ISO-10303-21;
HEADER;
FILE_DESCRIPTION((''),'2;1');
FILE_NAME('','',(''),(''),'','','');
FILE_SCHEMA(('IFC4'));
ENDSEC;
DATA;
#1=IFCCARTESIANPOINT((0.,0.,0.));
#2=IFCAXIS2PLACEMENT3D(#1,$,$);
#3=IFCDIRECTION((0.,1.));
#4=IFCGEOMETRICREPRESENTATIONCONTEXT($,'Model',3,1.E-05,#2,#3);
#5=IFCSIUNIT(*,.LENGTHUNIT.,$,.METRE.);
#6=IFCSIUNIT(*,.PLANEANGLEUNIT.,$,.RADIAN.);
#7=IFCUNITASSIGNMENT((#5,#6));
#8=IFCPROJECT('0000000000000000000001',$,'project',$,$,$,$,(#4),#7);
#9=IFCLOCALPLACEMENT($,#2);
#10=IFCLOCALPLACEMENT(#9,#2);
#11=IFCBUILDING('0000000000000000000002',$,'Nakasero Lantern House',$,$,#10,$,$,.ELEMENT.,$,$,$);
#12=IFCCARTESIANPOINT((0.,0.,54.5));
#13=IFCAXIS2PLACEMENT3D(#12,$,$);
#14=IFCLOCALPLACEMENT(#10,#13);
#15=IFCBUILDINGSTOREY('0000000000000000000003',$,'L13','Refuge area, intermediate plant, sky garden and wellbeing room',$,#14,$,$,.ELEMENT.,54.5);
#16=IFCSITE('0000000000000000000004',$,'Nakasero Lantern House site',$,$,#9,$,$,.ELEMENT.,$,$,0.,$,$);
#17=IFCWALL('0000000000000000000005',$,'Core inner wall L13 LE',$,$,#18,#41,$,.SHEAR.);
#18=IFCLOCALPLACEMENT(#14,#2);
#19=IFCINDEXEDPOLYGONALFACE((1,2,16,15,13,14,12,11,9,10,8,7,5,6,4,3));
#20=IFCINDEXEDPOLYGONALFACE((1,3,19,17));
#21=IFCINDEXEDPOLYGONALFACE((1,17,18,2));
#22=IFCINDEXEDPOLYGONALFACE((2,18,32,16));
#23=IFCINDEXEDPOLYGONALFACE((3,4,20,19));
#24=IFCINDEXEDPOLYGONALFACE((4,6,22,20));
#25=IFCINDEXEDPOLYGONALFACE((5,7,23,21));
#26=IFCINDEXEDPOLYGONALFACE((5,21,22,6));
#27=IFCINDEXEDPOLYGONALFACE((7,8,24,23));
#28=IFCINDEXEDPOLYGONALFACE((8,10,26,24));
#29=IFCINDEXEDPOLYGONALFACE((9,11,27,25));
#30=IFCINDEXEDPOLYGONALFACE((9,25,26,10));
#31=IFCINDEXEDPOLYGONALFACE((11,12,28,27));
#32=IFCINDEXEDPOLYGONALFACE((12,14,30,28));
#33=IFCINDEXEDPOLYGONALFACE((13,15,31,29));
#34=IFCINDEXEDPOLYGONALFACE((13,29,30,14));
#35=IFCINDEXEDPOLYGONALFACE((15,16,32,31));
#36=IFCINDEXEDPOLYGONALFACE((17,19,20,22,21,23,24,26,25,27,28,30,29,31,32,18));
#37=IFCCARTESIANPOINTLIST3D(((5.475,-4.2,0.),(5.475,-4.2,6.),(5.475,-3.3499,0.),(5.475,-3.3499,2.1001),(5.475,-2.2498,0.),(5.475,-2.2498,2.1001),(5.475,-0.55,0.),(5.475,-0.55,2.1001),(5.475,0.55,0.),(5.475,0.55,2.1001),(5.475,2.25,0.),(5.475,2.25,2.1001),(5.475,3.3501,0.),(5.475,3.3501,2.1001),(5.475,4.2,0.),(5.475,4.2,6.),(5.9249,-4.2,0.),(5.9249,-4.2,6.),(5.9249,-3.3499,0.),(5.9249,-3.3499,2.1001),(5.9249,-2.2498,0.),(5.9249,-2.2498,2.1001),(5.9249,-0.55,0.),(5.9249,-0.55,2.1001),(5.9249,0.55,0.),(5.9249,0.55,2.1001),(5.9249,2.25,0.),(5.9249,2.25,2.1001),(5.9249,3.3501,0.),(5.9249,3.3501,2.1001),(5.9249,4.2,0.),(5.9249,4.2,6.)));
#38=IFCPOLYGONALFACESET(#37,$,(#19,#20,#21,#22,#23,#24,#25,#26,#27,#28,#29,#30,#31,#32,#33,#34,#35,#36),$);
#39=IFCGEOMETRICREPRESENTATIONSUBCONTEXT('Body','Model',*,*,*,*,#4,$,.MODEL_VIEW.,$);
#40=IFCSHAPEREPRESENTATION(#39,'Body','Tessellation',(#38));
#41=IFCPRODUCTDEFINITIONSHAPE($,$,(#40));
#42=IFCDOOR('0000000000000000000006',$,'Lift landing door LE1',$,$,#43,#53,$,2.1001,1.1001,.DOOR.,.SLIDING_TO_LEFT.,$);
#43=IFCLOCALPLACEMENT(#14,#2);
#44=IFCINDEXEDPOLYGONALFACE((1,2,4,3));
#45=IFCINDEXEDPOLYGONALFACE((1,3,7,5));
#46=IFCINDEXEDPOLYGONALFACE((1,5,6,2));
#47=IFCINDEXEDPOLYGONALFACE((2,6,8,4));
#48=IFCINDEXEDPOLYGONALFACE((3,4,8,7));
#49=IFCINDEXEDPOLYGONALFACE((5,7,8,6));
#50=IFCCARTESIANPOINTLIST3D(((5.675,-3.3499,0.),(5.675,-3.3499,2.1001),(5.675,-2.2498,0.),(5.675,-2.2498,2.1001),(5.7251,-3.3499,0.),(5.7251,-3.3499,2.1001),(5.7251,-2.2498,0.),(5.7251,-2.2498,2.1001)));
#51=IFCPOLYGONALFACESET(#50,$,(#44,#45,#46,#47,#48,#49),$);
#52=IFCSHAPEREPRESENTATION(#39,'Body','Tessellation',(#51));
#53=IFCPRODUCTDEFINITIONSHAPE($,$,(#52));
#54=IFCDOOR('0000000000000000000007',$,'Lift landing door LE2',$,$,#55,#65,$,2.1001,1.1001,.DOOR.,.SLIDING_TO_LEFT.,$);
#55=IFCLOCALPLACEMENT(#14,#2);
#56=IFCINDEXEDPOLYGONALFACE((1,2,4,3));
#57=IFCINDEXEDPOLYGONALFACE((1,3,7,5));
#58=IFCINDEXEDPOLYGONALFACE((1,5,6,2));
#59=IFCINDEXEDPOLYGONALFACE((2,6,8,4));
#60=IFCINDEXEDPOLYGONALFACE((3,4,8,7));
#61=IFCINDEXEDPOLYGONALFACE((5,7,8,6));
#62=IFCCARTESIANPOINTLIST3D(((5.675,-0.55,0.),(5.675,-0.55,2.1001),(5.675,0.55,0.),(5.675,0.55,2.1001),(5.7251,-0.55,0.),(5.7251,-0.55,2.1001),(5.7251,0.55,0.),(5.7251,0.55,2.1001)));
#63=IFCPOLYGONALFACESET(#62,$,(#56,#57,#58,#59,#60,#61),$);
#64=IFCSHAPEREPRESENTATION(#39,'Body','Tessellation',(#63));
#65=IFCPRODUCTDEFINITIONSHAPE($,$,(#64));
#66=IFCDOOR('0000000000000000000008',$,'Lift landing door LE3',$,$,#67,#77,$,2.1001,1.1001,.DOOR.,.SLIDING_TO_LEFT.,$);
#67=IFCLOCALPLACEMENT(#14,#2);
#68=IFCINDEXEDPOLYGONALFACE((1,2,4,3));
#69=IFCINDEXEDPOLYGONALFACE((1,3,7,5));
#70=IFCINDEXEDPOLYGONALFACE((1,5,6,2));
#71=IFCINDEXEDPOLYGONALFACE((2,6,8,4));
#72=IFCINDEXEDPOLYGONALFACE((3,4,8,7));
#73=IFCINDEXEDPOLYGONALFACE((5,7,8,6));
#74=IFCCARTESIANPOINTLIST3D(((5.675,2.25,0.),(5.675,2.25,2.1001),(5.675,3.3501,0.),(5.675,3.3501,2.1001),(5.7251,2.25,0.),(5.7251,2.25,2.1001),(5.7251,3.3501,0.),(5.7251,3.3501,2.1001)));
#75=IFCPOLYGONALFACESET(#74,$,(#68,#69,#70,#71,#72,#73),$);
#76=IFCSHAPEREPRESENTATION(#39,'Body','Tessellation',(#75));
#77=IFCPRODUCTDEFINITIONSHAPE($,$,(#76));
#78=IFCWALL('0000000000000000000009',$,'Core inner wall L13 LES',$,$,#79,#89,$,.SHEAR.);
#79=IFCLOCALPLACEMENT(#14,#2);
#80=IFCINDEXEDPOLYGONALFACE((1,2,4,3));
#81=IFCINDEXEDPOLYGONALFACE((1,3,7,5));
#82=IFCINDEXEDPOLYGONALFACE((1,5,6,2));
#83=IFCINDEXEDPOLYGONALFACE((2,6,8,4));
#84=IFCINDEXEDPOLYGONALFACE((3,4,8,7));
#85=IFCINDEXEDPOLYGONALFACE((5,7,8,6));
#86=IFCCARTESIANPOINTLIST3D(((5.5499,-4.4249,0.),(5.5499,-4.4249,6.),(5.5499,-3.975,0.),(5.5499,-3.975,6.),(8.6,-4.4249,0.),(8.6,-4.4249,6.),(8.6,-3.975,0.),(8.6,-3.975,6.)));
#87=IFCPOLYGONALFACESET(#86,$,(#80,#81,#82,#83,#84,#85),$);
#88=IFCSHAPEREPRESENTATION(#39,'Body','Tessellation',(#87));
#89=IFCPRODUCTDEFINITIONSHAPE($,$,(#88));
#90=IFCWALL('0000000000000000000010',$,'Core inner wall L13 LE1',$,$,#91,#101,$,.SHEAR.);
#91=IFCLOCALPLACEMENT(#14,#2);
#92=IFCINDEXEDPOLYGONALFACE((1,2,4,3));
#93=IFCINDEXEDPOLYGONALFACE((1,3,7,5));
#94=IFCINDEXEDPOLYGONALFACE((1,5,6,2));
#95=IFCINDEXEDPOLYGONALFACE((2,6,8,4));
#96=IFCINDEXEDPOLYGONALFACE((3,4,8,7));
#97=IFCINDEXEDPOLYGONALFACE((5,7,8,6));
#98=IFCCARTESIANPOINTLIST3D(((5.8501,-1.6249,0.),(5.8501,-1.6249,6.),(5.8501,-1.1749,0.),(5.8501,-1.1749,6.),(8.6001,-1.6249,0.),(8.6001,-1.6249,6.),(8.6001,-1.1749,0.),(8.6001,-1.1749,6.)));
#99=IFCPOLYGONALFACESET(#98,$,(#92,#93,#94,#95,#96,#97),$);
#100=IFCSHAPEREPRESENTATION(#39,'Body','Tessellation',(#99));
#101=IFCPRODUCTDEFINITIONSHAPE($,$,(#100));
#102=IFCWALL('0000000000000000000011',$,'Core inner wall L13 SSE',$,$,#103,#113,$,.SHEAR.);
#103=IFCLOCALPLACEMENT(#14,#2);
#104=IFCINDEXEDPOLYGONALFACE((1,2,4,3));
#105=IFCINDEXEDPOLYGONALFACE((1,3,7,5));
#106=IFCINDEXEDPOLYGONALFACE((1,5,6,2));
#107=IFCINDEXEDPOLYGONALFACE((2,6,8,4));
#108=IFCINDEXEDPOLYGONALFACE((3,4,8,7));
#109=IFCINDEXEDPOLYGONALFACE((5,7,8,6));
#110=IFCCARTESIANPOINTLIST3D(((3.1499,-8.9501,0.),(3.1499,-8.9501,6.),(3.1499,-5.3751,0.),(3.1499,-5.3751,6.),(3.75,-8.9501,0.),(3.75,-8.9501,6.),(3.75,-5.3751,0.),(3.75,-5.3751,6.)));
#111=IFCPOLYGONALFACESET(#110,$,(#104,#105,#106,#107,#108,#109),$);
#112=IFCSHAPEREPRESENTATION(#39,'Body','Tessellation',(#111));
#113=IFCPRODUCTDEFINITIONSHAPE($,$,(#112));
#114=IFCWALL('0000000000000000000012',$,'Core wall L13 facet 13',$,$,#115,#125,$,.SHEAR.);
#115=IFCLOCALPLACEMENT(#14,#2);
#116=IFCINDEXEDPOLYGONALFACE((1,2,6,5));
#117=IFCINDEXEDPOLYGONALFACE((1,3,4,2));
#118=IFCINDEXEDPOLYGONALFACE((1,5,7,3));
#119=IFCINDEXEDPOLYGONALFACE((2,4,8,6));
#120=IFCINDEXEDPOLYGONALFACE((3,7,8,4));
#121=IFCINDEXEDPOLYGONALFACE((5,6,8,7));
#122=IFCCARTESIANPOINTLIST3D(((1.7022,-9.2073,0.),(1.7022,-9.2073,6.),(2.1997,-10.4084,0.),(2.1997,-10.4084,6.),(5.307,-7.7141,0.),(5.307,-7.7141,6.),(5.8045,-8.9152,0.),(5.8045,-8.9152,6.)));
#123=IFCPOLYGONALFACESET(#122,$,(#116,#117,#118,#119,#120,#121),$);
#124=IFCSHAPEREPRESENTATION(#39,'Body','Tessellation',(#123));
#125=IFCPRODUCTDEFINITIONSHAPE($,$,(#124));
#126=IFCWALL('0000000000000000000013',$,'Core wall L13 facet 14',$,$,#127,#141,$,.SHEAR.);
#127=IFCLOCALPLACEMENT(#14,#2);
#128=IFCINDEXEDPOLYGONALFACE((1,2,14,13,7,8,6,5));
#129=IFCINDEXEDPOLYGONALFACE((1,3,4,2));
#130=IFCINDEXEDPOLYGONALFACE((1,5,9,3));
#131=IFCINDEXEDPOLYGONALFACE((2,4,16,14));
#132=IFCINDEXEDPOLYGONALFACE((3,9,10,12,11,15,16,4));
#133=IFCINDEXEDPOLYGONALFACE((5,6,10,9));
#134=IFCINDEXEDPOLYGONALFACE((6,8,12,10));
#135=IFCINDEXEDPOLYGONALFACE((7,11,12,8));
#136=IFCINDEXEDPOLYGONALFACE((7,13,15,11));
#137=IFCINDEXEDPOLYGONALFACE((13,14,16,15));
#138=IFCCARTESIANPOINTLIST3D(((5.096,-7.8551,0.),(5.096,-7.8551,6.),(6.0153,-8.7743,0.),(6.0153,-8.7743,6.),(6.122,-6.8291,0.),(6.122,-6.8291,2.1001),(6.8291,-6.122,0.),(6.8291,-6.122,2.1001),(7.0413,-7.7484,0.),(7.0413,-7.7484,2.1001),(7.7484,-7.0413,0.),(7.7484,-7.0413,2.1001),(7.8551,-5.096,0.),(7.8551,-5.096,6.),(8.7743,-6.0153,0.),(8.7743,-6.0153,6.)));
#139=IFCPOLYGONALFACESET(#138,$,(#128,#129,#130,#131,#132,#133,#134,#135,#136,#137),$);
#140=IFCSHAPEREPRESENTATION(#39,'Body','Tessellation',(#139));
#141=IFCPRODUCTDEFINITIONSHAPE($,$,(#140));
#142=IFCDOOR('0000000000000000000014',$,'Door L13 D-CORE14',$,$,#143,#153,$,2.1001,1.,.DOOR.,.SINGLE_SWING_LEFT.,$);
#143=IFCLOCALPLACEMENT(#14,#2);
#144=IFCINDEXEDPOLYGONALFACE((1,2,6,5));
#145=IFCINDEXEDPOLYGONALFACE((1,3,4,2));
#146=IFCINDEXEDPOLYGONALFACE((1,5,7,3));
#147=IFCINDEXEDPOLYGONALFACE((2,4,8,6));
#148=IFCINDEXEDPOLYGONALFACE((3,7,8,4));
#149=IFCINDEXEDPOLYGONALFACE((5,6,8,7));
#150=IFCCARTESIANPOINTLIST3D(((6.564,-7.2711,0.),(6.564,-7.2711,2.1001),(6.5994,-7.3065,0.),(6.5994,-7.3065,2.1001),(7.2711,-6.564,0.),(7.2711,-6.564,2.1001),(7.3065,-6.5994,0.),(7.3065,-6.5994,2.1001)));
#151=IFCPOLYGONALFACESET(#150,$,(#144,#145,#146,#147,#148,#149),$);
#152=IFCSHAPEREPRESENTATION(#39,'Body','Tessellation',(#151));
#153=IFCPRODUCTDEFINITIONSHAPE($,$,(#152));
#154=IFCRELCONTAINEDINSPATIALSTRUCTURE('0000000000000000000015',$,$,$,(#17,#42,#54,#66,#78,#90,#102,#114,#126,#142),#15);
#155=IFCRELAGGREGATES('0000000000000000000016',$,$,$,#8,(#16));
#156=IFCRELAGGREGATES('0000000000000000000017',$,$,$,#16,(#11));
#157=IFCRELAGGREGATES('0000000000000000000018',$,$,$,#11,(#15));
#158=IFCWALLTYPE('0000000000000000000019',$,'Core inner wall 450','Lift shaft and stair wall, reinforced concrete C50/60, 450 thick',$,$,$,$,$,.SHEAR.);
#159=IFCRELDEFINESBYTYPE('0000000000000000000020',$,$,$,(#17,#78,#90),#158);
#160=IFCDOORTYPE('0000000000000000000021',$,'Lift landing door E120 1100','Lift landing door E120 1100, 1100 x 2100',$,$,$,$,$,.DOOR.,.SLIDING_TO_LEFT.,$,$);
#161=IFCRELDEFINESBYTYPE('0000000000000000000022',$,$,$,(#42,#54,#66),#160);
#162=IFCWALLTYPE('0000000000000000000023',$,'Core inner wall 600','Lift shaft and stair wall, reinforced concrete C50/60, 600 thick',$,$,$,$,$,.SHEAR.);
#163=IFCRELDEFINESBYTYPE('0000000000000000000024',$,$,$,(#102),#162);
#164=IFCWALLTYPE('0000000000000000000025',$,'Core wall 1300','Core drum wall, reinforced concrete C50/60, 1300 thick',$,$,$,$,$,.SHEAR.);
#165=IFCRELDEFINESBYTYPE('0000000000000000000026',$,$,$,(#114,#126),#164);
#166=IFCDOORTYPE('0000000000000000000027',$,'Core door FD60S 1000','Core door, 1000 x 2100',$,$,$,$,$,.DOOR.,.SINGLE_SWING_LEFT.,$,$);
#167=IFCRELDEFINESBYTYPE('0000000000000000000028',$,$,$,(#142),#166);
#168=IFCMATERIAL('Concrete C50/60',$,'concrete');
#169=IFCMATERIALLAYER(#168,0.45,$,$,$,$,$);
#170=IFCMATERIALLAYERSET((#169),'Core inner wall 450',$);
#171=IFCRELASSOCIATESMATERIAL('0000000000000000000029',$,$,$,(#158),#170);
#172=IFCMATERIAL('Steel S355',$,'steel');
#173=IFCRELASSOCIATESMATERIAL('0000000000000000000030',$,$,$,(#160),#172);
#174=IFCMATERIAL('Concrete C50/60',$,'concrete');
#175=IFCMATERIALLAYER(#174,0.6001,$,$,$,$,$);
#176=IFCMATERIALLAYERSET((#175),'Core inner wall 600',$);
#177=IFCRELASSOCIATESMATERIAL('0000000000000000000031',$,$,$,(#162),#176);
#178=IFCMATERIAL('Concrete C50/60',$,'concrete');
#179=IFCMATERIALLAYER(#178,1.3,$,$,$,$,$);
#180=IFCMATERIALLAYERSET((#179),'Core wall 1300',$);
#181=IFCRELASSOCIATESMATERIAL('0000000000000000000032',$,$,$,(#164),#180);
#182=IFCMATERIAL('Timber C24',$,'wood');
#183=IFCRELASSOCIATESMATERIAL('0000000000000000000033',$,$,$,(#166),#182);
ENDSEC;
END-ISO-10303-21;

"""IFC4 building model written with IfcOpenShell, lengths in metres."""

from ifc_helpers import new_model, si_unit, direction, frame, frame_2d, origin, place, context, subcontext, project, spatial, rectangle, extrude, material, layer, layer_set, type_object, element, fill, save


model = new_model("IFC4")

# Units and contexts
model_context = context("Model", 3, precision=1e-05, world=origin(), true_north=direction((0.0, 1.0)))
body_context = subcontext(model_context, "Body", "Model", "MODEL_VIEW")
ifc_project = project(units=[si_unit("LENGTHUNIT", "METRE"), si_unit("PLANEANGLEUNIT", "RADIAN")], contexts=[model_context])

# Site, building, storey
site_placement = place(None, origin())
site = spatial("IfcSite", under=ifc_project, at=site_placement, Name="Nakasero Lantern House site", CompositionType="ELEMENT", RefElevation=0.0)
building_placement = place(site_placement, origin())
building = spatial("IfcBuilding", under=site, at=building_placement, Name="Nakasero Lantern House", CompositionType="ELEMENT")
storey_placement = place(building_placement, frame((0.0, 0.0, 54.5)))
storey = spatial("IfcBuildingStorey", under=building, at=storey_placement, Name="L13", Description="Refuge area, intermediate plant, sky garden and wellbeing room", CompositionType="ELEMENT", Elevation=54.5)

# Wall, openings, doors
ifc_material_1 = material(Name="Concrete C50/60", Category="concrete")
ifc_layer_1 = layer(ifc_material_1, 0.45)
ifc_layer_set_1 = layer_set([ifc_layer_1], Name="Core inner wall 450")
wall_type_1 = type_object("IfcWallType", Name="Core inner wall 450", Description="Lift shaft and stair wall, reinforced concrete C50/60, 450 thick", PredefinedType="SHEAR", material=ifc_layer_set_1)
wall_1_placement = place(storey_placement, frame((5.7, -4.2, 0.0), z_axis=(0.0, 0.0, 1.0), x_axis=(0.0, 1.0, 0.0)))
wall_1 = element("IfcWall", 1, at=wall_1_placement, inside=storey, type_object=wall_type_1, Name="Core inner wall L13 LE", PredefinedType="SHEAR", context=body_context, shape_type="SweptSolid", body=[
    extrude(rectangle(XDim=8.3999, YDim=0.45, at=frame_2d((4.2, 0.0))), origin(), (0.0, 0.0, 1.0), 6.0),
])
opening_1_placement = place(wall_1_placement, frame((0.8501, 0.0, 0.0)))
opening_1 = element("IfcOpeningElement", 2, at=opening_1_placement, cuts=wall_1, PredefinedType="OPENING", context=body_context, shape_type="SweptSolid", body=[
    extrude(rectangle(XDim=1.1001, YDim=2.1001, at=frame_2d((0.55, 1.05))), frame((0.0, 0.2449, 0.0), z_axis=(0.0, -1.0, 0.0), x_axis=(1.0, 0.0, 0.0)), (0.0, 0.0, 1.0), 0.49),
])
opening_2_placement = place(wall_1_placement, frame((3.6499, 0.0, 0.0)))
opening_2 = element("IfcOpeningElement", 3, at=opening_2_placement, cuts=wall_1, PredefinedType="OPENING", context=body_context, shape_type="SweptSolid", body=[
    extrude(rectangle(XDim=1.1001, YDim=2.1001, at=frame_2d((0.55, 1.05))), frame((0.0, 0.2449, 0.0), z_axis=(0.0, -1.0, 0.0), x_axis=(1.0, 0.0, 0.0)), (0.0, 0.0, 1.0), 0.49),
])
opening_3_placement = place(wall_1_placement, frame((6.45, 0.0, 0.0)))
opening_3 = element("IfcOpeningElement", 4, at=opening_3_placement, cuts=wall_1, PredefinedType="OPENING", context=body_context, shape_type="SweptSolid", body=[
    extrude(rectangle(XDim=1.1001, YDim=2.1001, at=frame_2d((0.55, 1.05))), frame((0.0, 0.2449, 0.0), z_axis=(0.0, -1.0, 0.0), x_axis=(1.0, 0.0, 0.0)), (0.0, 0.0, 1.0), 0.49),
])
ifc_material_2 = material(Name="Steel S355", Category="steel")
door_type_1 = type_object("IfcDoorType", Name="Lift landing door E120 1100", Description="Lift landing door E120 1100, 1100 x 2100", OperationType="SLIDING_TO_LEFT", PredefinedType="DOOR", material=ifc_material_2)
door_1_placement = place(opening_1_placement, origin())
door_1 = element("IfcDoor", 5, at=door_1_placement, inside=storey, type_object=door_type_1, Name="Lift landing door LE1", OperationType="SLIDING_TO_LEFT", OverallHeight=2.1001, OverallWidth=1.1001, PredefinedType="DOOR", context=body_context, shape_type="SweptSolid", body=[
    extrude(rectangle(XDim=1.1001, YDim=2.1001, at=frame_2d((0.55, 1.05))), frame((0.0, 0.0249, 0.0), z_axis=(0.0, -1.0, 0.0), x_axis=(1.0, 0.0, 0.0)), (0.0, 0.0, 1.0), 0.05),
])
fill(opening_1, door_1)
door_2_placement = place(opening_2_placement, origin())
door_2 = element("IfcDoor", 6, at=door_2_placement, inside=storey, type_object=door_type_1, Name="Lift landing door LE2", OperationType="SLIDING_TO_LEFT", OverallHeight=2.1001, OverallWidth=1.1001, PredefinedType="DOOR", context=body_context, shape_type="SweptSolid", body=[
    extrude(rectangle(XDim=1.1001, YDim=2.1001, at=frame_2d((0.55, 1.05))), frame((0.0, 0.0249, 0.0), z_axis=(0.0, -1.0, 0.0), x_axis=(1.0, 0.0, 0.0)), (0.0, 0.0, 1.0), 0.05),
])
fill(opening_2, door_2)
door_3_placement = place(opening_3_placement, origin())
door_3 = element("IfcDoor", 7, at=door_3_placement, inside=storey, type_object=door_type_1, Name="Lift landing door LE3", OperationType="SLIDING_TO_LEFT", OverallHeight=2.1001, OverallWidth=1.1001, PredefinedType="DOOR", context=body_context, shape_type="SweptSolid", body=[
    extrude(rectangle(XDim=1.1001, YDim=2.1001, at=frame_2d((0.55, 1.05))), frame((0.0, 0.0249, 0.0), z_axis=(0.0, -1.0, 0.0), x_axis=(1.0, 0.0, 0.0)), (0.0, 0.0, 1.0), 0.05),
])
fill(opening_3, door_3)

# Walls
wall_2_placement = place(storey_placement, frame((5.55, -4.2, 0.0), z_axis=(0.0, 0.0, 1.0), x_axis=(1.0, 0.0, 0.0)))
element("IfcWall", 8, at=wall_2_placement, inside=storey, type_object=wall_type_1, Name="Core inner wall L13 LES", PredefinedType="SHEAR", context=body_context, shape_type="SweptSolid", body=[
    extrude(rectangle(XDim=3.05, YDim=0.45, at=frame_2d((1.5249, 0.0))), origin(), (0.0, 0.0, 1.0), 6.0),
])
wall_3_placement = place(storey_placement, frame((5.8501, -1.3999, 0.0), z_axis=(0.0, 0.0, 1.0), x_axis=(1.0, 0.0, 0.0)))
element("IfcWall", 9, at=wall_3_placement, inside=storey, type_object=wall_type_1, Name="Core inner wall L13 LE1", PredefinedType="SHEAR", context=body_context, shape_type="SweptSolid", body=[
    extrude(rectangle(XDim=2.75, YDim=0.45, at=frame_2d((1.375, 0.0))), origin(), (0.0, 0.0, 1.0), 6.0),
])
ifc_material_3 = material(Name="Concrete C50/60", Category="concrete")
ifc_layer_2 = layer(ifc_material_3, 0.6001)
ifc_layer_set_2 = layer_set([ifc_layer_2], Name="Core inner wall 600")
wall_type_2 = type_object("IfcWallType", Name="Core inner wall 600", Description="Lift shaft and stair wall, reinforced concrete C50/60, 600 thick", PredefinedType="SHEAR", material=ifc_layer_set_2)
wall_4_placement = place(storey_placement, frame((3.45, -5.375, 0.0), z_axis=(0.0, 0.0, 1.0), x_axis=(0.0, -1.0, 0.0)))
element("IfcWall", 10, at=wall_4_placement, inside=storey, type_object=wall_type_2, Name="Core inner wall L13 SSE", PredefinedType="SHEAR", context=body_context, shape_type="SweptSolid", body=[
    extrude(rectangle(XDim=3.575, YDim=0.6001, at=frame_2d((1.7876, 0.0))), origin(), (0.0, 0.0, 1.0), 6.0),
])
ifc_material_4 = material(Name="Concrete C50/60", Category="concrete")
ifc_layer_3 = layer(ifc_material_4, 1.3)
ifc_layer_set_3 = layer_set([ifc_layer_3], Name="Core wall 1300")
wall_type_3 = type_object("IfcWallType", Name="Core wall 1300", Description="Core drum wall, reinforced concrete C50/60, 1300 thick", PredefinedType="SHEAR", material=ifc_layer_set_3)
wall_5_placement = place(storey_placement, frame((1.9509, -9.8079, 0.0), z_axis=(0.0, 0.0, 1.0), x_axis=(0.923877, 0.382691, 0.0)))
element("IfcWall", 11, at=wall_5_placement, inside=storey, type_object=wall_type_3, Name="Core wall L13 facet 13", PredefinedType="SHEAR", context=body_context, shape_type="SweptSolid", body=[
    extrude(rectangle(XDim=3.9019, YDim=1.3, at=frame_2d((1.9509, 0.0))), origin(), (0.0, 0.0, 1.0), 6.0),
])

# Wall, opening, door
wall_6_placement = place(storey_placement, frame((5.5557, -8.3147, 0.0), z_axis=(0.0, 0.0, 1.0), x_axis=(0.707107, 0.707107, 0.0)))
wall_6 = element("IfcWall", 12, at=wall_6_placement, inside=storey, type_object=wall_type_3, Name="Core wall L13 facet 14", PredefinedType="SHEAR", context=body_context, shape_type="SweptSolid", body=[
    extrude(rectangle(XDim=3.9019, YDim=1.3, at=frame_2d((1.9509, 0.0))), origin(), (0.0, 0.0, 1.0), 6.0),
])
opening_4_placement = place(wall_6_placement, frame((1.4509, 0.0, 0.0)))
opening_4 = element("IfcOpeningElement", 13, at=opening_4_placement, cuts=wall_6, PredefinedType="OPENING", context=body_context, shape_type="SweptSolid", body=[
    extrude(rectangle(XDim=1.0, YDim=2.1001, at=frame_2d((0.5, 1.05))), frame((0.0, 0.6699, 0.0), z_axis=(0.0, -1.0, 0.0), x_axis=(1.0, 0.0, 0.0)), (0.0, 0.0, 1.0), 1.3401),
])
ifc_material_5 = material(Name="Timber C24", Category="wood")
door_type_2 = type_object("IfcDoorType", Name="Core door FD60S 1000", Description="Core door, 1000 x 2100", OperationType="SINGLE_SWING_LEFT", PredefinedType="DOOR", material=ifc_material_5)
door_4_placement = place(opening_4_placement, origin())
door_4 = element("IfcDoor", 14, at=door_4_placement, inside=storey, type_object=door_type_2, Name="Door L13 D-CORE14", OperationType="SINGLE_SWING_LEFT", OverallHeight=2.1001, OverallWidth=1.0, PredefinedType="DOOR", context=body_context, shape_type="SweptSolid", body=[
    extrude(rectangle(XDim=1.0, YDim=2.1001, at=frame_2d((0.5, 1.05))), frame((0.0, 0.0249, 0.0), z_axis=(0.0, -1.0, 0.0), x_axis=(1.0, 0.0, 0.0)), (0.0, 0.0, 1.0), 0.05),
])
fill(opening_4, door_4)

save(model, "model.ifc")
